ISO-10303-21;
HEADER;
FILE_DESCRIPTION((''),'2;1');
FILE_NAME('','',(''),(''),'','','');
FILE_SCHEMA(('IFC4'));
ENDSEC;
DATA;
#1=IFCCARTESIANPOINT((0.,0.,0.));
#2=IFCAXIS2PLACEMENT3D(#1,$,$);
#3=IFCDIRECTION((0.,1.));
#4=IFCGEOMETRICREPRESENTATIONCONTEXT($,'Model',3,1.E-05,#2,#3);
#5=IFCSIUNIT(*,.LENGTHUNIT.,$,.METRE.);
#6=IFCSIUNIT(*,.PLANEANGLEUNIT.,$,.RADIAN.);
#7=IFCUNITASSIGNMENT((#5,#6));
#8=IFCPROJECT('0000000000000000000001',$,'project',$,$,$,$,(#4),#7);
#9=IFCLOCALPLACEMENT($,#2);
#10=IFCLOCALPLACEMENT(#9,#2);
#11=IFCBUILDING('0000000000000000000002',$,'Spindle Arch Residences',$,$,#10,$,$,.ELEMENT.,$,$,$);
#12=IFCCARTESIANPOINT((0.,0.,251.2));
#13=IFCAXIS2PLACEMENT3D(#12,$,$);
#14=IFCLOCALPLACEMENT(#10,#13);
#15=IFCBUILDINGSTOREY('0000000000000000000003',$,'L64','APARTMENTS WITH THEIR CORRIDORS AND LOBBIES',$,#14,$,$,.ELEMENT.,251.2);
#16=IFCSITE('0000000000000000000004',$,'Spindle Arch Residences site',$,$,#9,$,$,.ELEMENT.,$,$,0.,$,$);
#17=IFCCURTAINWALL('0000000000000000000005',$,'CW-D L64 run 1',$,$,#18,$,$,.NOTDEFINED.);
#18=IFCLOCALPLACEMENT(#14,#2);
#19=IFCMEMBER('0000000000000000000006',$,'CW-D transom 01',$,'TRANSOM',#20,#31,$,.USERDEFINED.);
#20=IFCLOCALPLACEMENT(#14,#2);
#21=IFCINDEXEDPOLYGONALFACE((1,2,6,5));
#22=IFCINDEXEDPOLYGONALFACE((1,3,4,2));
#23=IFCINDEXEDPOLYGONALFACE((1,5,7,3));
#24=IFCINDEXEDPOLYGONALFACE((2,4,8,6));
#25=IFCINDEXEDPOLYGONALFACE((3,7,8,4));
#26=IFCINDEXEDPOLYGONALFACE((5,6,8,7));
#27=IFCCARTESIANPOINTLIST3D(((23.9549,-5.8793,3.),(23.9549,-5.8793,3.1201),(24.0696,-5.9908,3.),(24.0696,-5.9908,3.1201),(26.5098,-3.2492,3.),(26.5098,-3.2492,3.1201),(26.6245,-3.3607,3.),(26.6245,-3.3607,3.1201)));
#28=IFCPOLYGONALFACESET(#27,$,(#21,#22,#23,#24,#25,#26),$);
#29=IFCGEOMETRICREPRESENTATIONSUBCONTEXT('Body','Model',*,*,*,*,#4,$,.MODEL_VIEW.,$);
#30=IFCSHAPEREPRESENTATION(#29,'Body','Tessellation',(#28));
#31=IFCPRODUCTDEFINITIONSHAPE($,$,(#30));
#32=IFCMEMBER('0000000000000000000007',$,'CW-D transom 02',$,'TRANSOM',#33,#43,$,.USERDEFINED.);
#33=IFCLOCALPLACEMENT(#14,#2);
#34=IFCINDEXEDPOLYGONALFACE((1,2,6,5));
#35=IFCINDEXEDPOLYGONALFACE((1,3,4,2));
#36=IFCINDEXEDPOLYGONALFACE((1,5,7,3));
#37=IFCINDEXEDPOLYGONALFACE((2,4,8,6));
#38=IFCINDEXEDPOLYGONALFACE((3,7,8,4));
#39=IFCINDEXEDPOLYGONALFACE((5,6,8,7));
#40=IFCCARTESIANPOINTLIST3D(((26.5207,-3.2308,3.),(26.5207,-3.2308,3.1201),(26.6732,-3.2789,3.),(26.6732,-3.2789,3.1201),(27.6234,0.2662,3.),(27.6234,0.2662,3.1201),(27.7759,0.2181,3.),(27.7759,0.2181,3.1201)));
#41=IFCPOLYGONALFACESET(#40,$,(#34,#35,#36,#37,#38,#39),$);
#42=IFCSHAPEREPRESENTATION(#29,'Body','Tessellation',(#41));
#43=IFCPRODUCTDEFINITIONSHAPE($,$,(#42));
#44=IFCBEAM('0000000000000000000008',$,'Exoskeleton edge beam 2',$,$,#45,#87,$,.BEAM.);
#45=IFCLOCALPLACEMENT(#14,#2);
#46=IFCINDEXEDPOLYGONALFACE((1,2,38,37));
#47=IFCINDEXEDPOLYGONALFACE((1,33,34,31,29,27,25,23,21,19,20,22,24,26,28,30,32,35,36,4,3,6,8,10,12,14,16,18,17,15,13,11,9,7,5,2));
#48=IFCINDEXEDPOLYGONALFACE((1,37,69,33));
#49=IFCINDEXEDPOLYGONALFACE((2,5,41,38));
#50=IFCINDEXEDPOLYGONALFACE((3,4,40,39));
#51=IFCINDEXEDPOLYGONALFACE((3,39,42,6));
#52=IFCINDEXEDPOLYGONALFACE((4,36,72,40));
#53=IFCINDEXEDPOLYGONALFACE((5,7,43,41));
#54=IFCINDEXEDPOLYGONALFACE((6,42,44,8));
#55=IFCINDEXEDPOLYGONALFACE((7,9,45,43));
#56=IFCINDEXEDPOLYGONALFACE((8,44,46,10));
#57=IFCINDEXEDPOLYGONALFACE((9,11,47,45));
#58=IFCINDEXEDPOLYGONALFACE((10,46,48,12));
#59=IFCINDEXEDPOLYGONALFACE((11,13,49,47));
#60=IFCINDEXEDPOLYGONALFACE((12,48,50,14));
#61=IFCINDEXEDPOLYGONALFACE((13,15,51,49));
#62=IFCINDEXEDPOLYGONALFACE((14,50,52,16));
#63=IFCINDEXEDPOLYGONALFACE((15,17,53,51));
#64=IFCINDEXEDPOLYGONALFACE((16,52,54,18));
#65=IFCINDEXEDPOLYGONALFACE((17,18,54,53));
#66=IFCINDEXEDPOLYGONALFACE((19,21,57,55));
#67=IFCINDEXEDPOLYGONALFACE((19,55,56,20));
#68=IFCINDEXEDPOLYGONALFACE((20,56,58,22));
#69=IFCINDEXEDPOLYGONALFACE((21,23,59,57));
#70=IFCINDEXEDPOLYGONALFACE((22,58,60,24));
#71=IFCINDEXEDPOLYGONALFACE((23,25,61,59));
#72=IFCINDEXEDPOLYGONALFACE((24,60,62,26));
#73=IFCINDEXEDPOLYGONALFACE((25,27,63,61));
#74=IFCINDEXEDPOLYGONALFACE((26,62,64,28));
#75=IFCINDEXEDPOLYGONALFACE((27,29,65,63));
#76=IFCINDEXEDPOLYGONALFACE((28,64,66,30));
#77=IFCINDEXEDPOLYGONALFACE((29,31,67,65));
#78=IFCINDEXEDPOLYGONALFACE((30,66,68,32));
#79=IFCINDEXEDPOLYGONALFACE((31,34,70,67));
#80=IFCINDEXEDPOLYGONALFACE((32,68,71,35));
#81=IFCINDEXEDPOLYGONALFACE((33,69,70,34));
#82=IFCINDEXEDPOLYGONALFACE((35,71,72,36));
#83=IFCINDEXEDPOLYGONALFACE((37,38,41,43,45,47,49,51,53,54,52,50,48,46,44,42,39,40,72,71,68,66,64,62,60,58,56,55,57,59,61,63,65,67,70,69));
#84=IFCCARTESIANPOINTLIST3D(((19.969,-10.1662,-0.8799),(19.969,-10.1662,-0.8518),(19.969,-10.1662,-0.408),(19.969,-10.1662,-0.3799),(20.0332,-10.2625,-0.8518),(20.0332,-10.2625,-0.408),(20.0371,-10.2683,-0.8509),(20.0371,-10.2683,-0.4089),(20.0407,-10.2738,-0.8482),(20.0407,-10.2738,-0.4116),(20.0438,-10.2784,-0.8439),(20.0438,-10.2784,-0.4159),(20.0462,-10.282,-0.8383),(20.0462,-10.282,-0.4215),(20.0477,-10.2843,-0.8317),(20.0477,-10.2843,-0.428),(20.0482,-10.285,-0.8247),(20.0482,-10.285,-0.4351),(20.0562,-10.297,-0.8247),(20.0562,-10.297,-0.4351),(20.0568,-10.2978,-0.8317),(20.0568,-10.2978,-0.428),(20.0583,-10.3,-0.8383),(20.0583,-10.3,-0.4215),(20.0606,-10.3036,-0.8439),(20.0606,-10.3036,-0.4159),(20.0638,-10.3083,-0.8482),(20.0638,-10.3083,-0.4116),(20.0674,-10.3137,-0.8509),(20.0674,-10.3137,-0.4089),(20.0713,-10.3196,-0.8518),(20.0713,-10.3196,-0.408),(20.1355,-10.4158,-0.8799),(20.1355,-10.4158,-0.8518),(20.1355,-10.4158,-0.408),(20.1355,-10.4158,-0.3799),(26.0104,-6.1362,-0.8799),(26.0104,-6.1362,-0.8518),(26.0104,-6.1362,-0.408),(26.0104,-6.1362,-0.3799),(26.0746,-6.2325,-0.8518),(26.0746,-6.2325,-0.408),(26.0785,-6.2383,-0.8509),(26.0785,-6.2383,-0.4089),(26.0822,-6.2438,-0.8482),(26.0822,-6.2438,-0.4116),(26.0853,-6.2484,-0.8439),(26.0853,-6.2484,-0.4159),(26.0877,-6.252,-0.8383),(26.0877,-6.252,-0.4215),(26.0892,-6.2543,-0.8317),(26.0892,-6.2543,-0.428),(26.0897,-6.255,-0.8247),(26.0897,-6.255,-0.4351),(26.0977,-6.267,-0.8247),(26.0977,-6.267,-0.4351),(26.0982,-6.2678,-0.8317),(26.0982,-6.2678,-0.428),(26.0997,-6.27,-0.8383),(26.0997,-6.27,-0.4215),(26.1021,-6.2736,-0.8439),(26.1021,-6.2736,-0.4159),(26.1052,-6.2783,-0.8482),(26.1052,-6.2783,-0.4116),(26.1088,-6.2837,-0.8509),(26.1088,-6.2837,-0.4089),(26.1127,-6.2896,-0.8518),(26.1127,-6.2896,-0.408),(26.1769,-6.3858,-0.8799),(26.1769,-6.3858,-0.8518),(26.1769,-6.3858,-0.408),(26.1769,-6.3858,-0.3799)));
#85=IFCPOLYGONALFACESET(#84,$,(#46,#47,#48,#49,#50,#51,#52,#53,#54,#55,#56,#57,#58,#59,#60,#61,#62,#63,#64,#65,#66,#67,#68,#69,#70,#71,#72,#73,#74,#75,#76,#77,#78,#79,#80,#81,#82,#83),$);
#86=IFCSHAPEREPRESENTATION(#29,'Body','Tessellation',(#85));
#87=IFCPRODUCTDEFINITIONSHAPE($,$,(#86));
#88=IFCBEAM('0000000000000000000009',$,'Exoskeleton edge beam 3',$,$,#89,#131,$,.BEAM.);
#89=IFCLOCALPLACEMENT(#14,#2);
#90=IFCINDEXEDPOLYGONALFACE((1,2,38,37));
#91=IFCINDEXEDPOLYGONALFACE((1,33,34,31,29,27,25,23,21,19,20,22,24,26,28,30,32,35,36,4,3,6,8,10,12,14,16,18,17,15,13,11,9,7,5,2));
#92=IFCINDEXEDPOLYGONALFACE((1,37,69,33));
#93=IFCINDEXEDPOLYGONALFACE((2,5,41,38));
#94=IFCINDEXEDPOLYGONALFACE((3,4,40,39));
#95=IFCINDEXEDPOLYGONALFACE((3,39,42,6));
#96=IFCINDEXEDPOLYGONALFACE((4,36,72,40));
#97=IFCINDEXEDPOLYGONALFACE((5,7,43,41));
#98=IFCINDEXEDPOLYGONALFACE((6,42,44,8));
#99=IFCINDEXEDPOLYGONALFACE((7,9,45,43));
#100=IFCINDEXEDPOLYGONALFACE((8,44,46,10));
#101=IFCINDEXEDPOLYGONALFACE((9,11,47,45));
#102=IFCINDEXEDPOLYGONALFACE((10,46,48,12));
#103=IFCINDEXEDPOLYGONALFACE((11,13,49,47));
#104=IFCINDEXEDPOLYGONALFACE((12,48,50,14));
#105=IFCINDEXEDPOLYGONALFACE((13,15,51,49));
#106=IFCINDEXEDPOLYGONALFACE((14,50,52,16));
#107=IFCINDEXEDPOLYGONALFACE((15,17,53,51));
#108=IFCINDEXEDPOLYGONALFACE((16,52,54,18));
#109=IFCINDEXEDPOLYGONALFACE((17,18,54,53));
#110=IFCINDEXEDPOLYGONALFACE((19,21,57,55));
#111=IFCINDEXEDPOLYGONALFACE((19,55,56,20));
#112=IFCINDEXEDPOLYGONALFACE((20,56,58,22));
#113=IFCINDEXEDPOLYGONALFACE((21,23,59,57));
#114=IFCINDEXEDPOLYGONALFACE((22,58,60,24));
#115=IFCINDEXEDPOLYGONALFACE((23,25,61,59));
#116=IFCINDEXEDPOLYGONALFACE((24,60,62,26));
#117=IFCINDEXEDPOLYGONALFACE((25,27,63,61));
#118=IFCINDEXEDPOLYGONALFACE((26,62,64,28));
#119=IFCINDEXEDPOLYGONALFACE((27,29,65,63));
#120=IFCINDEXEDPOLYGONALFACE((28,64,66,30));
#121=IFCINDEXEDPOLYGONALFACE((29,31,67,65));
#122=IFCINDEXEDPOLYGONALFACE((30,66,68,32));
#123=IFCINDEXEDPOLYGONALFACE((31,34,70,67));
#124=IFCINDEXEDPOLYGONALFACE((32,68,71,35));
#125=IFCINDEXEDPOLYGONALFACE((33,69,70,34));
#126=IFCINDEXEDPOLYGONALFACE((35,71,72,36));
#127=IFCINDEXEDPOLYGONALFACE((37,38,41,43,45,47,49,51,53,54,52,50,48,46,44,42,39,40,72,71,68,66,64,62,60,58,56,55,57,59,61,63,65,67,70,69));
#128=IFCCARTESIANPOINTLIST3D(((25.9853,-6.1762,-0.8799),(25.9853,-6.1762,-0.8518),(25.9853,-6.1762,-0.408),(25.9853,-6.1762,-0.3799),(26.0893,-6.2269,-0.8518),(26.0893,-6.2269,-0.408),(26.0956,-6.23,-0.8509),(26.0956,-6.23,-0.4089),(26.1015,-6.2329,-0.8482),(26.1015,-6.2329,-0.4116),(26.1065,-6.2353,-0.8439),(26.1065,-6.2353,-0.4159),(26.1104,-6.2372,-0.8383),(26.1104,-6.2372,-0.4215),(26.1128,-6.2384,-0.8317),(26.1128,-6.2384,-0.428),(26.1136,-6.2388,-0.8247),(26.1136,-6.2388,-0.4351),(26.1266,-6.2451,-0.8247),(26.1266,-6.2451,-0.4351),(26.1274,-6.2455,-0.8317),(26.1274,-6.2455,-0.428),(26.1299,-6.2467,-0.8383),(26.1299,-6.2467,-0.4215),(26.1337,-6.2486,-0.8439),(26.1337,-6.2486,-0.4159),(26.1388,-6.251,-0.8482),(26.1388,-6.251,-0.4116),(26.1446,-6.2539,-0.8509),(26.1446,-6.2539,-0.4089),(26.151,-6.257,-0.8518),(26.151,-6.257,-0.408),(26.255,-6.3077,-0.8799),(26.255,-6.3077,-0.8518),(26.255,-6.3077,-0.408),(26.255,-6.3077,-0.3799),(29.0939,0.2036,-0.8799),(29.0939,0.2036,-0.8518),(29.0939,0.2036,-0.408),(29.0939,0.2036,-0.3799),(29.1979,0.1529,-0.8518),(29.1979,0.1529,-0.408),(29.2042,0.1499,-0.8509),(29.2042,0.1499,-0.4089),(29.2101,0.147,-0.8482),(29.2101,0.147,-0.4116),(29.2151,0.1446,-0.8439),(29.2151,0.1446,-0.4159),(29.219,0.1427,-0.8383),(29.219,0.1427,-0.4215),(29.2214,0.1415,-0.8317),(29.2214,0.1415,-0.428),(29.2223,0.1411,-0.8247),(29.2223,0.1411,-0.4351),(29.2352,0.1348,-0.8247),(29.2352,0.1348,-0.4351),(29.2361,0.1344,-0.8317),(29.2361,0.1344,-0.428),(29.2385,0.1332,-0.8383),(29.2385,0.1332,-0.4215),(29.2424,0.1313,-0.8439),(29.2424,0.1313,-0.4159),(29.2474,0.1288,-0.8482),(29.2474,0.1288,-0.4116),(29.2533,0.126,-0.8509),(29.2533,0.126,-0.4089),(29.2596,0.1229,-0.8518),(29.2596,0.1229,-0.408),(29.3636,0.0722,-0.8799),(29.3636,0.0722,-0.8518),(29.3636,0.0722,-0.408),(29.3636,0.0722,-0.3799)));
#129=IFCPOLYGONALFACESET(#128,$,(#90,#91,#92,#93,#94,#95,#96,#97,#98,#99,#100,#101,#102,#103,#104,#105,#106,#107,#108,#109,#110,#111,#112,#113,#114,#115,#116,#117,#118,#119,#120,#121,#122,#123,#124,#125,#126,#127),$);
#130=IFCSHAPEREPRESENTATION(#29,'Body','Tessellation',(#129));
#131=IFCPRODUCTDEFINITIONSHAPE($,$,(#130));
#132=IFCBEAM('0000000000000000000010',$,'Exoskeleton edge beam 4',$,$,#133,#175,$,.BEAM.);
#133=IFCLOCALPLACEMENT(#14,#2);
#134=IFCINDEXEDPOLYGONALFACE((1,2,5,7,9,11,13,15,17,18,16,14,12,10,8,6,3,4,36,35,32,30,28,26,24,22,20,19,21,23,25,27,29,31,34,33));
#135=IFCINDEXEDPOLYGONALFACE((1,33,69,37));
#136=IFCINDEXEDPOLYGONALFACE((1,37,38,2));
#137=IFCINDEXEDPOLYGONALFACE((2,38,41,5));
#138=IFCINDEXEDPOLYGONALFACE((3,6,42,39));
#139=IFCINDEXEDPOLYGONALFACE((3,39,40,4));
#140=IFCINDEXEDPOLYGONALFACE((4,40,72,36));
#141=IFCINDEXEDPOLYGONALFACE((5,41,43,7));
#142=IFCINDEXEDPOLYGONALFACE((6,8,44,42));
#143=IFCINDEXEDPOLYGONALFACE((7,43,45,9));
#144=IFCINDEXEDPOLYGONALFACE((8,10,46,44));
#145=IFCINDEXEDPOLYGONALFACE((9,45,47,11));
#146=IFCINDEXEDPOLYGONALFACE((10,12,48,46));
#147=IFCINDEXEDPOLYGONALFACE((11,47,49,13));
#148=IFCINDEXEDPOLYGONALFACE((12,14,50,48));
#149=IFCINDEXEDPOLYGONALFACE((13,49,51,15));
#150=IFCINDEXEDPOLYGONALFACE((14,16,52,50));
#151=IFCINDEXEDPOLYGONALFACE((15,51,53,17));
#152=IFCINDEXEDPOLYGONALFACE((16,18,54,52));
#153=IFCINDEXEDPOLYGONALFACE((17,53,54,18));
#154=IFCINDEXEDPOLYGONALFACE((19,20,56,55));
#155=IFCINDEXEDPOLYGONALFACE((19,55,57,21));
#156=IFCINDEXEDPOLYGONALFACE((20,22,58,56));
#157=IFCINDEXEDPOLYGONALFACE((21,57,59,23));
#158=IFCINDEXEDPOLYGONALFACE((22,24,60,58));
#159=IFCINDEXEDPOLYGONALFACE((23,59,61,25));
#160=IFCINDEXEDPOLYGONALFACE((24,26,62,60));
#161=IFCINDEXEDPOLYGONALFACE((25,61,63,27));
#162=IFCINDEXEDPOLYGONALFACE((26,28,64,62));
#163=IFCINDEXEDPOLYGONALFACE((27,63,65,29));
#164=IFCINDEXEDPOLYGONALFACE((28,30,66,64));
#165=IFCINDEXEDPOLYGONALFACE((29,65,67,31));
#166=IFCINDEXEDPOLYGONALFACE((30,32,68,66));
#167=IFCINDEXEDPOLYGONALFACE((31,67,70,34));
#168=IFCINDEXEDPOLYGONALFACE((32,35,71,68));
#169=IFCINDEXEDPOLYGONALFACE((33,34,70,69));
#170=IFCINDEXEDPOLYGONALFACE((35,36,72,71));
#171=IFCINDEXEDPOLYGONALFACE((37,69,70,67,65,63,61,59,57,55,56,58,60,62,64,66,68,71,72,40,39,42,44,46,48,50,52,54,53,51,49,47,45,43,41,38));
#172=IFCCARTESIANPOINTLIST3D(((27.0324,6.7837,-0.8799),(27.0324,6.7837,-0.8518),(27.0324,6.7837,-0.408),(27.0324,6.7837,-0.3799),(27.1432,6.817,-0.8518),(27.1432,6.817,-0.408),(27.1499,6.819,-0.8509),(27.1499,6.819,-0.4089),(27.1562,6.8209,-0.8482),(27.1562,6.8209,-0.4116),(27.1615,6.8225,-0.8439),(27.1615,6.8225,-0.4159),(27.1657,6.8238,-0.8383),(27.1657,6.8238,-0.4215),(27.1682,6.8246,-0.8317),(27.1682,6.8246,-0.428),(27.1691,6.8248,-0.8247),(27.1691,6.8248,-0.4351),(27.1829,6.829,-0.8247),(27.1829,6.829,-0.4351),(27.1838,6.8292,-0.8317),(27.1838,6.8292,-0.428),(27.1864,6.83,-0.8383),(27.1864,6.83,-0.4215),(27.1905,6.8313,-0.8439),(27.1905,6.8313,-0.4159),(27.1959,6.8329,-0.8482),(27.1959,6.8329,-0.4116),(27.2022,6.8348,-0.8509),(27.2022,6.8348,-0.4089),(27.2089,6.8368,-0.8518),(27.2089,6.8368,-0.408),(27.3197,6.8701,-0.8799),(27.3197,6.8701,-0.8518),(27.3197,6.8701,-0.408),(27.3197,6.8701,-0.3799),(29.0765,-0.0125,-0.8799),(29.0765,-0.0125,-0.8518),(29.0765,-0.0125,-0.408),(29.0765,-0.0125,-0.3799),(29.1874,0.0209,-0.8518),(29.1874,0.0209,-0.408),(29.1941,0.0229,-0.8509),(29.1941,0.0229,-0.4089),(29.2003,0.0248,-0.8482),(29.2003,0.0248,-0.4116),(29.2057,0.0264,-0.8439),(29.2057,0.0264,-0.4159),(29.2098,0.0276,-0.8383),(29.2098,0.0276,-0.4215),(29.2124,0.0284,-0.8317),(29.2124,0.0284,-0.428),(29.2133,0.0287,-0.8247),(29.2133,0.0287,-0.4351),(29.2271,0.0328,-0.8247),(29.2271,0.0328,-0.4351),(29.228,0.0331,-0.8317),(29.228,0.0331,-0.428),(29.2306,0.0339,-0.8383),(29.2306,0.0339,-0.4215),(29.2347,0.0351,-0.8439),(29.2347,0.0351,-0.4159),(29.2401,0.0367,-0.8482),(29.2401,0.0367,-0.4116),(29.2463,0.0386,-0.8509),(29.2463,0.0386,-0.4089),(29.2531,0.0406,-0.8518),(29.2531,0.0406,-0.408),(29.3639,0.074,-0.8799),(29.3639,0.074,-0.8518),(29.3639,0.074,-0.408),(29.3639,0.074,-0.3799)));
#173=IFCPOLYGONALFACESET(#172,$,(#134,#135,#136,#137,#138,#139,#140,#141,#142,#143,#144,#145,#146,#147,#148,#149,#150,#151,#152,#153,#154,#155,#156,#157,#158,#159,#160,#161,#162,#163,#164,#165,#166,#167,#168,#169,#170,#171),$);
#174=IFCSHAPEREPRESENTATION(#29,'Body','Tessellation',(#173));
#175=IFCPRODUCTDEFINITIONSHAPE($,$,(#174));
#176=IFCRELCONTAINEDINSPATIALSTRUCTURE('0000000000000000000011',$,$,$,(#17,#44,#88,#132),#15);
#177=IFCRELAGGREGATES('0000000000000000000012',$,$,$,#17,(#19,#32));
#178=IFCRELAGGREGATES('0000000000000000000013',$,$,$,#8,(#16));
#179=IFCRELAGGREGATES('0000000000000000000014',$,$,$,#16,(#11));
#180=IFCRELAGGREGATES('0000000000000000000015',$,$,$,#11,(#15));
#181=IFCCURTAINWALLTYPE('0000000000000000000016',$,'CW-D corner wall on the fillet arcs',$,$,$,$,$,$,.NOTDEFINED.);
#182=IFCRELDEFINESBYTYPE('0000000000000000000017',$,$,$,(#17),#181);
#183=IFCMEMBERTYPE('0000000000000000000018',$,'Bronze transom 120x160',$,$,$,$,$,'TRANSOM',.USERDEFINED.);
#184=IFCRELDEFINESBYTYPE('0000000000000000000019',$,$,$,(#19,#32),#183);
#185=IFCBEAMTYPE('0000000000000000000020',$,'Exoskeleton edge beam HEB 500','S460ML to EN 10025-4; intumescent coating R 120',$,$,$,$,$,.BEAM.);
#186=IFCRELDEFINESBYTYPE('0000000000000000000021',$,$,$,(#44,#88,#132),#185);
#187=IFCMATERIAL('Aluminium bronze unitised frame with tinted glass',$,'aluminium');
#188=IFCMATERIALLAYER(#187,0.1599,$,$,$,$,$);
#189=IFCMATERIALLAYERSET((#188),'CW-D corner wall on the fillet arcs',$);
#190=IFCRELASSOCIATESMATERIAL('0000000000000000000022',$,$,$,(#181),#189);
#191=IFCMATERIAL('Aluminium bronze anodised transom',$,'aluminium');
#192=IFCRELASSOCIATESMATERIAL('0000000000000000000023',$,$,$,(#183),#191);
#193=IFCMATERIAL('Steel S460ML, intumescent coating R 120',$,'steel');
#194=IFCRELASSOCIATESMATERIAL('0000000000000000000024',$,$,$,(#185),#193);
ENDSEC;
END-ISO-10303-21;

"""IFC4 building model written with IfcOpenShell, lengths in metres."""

from ifc_helpers import new_model, si_unit, direction, frame, origin, origin_2d, place, context, subcontext, project, spatial, rectangle, i_section, extrude, material, layer, layer_set, material_profile, profile_set, type_object, element, aggregate, save


model = new_model("IFC4")

# Units and contexts
model_context = context("Model", 3, precision=1e-05, world=origin(), true_north=direction((0.0, 1.0)))
body_context = subcontext(model_context, "Body", "Model", "MODEL_VIEW")
ifc_project = project(units=[si_unit("LENGTHUNIT", "METRE"), si_unit("PLANEANGLEUNIT", "RADIAN")], contexts=[model_context])

# Site, building, storey
site_placement = place(None, origin())
site = spatial("IfcSite", under=ifc_project, at=site_placement, Name="Spindle Arch Residences site", CompositionType="ELEMENT", RefElevation=0.0)
building_placement = place(site_placement, origin())
building = spatial("IfcBuilding", under=site, at=building_placement, Name="Spindle Arch Residences", CompositionType="ELEMENT")
storey_placement = place(building_placement, frame((0.0, 0.0, 251.2)))
storey = spatial("IfcBuildingStorey", under=building, at=storey_placement, Name="L64", Description="APARTMENTS WITH THEIR CORRIDORS AND LOBBIES", CompositionType="ELEMENT", Elevation=251.2)

# Curtain wall, members
ifc_material_1 = material(Name="Aluminium bronze unitised frame with tinted glass", Category="aluminium")
ifc_layer_1 = layer(ifc_material_1, 0.1599)
ifc_layer_set_1 = layer_set([ifc_layer_1], Name="CW-D corner wall on the fillet arcs")
curtain_wall_type = type_object("IfcCurtainWallType", Name="CW-D corner wall on the fillet arcs", PredefinedType="NOTDEFINED", material=ifc_layer_set_1)
curtain_wall_placement = place(storey_placement, origin())
curtain_wall = element("IfcCurtainWall", 1, at=curtain_wall_placement, inside=storey, type_object=curtain_wall_type, Name="CW-D L64 run 1", PredefinedType="NOTDEFINED")
ifc_material_2 = material(Name="Aluminium bronze anodised transom", Category="aluminium")
ifc_material_profile_1 = material_profile(ifc_material_2, rectangle(XDim=0.1599, YDim=0.1201, at=origin_2d()), Name="TR 120x160")
ifc_profile_set_1 = profile_set([ifc_material_profile_1], Name="Aluminium bronze anodised transom")
member_type_1 = type_object("IfcMemberType", Name="Bronze transom 120x160", ElementType="TRANSOM", PredefinedType="USERDEFINED", material=ifc_profile_set_1)
member_1_placement = place(storey_placement, frame((24.0122, -5.9351, 3.0601), z_axis=(0.696779, 0.717286, 0.0), x_axis=(-0.717286, 0.696779, 0.0)))
member_1 = element("IfcMember", 2, at=member_1_placement, type_object=member_type_1, Name="CW-D transom 01", ObjectType="TRANSOM", PredefinedType="USERDEFINED", context=body_context, shape_type="SweptSolid", body=[
    extrude(rectangle(XDim=0.1599, YDim=0.1201, at=origin_2d()), origin(), (0.0, 0.0, 1.0), 3.6667),
])
member_2_placement = place(storey_placement, frame((26.5969, -3.2549, 3.0601), z_axis=(0.300746, 0.953704, 0.0), x_axis=(-0.953704, 0.300746, 0.0)))
member_2 = element("IfcMember", 3, at=member_2_placement, type_object=member_type_1, Name="CW-D transom 02", ObjectType="TRANSOM", PredefinedType="USERDEFINED", context=body_context, shape_type="SweptSolid", body=[
    extrude(rectangle(XDim=0.1599, YDim=0.1201, at=origin_2d()), origin(), (0.0, 0.0, 1.0), 3.6667),
])

# Beams
ifc_material_3 = material(Name="Steel S460ML, intumescent coating R 120", Category="steel")
ifc_material_profile_2 = material_profile(ifc_material_3, i_section(OverallWidth=0.3, OverallDepth=0.5, WebThickness=0.0144, FlangeThickness=0.0281, FilletRadius=0.0271, at=origin_2d()), Name="HEB 500")
ifc_profile_set_2 = profile_set([ifc_material_profile_2], Name="Steel S460ML, intumescent coating R 120")
beam_type_1 = type_object("IfcBeamType", Name="Exoskeleton edge beam HEB 500", Description="S460ML to EN 10025-4; intumescent coating R 120", PredefinedType="BEAM", material=ifc_profile_set_2)
beam_1_placement = place(storey_placement, frame((20.0522, -10.291, -0.6299), z_axis=(0.8319, 0.554925, 0.0), x_axis=(-0.554925, 0.8319, 0.0)))
element("IfcBeam", 4, at=beam_1_placement, inside=storey, type_object=beam_type_1, Name="Exoskeleton edge beam 2", PredefinedType="BEAM", context=body_context, shape_type="SweptSolid", body=[
    extrude(i_section(OverallWidth=0.3, OverallDepth=0.5, WebThickness=0.0144, FlangeThickness=0.0281, FilletRadius=0.0271, at=origin_2d()), origin(), (0.0, 0.0, 1.0), 7.2622),
])
for number, where, z_axis, x_axis, name in (
    (5, (26.1201, -6.2419, -0.6299), (0.438026, 0.898962, 0.0), (-0.898962, 0.438026, 0.0), "Exoskeleton edge beam 3"),
    (6, (29.2202, 0.0308, -0.6299), (-0.288039, 0.957619, 0.0), (-0.957619, -0.288039, 0.0), "Exoskeleton edge beam 4"),
):
    element("IfcBeam", number, at=place(storey_placement, frame(where, z_axis=z_axis, x_axis=x_axis)), inside=storey, type_object=beam_type_1, Name=name, PredefinedType="BEAM", context=body_context, shape_type="SweptSolid", body=[
        extrude(i_section(OverallWidth=0.3, OverallDepth=0.5, WebThickness=0.0144, FlangeThickness=0.0281, FilletRadius=0.0271, at=origin_2d()), origin(), (0.0, 0.0, 1.0), 7.0969),
    ])

aggregate(curtain_wall, [member_1, member_2])

save(model, "model.ifc")
